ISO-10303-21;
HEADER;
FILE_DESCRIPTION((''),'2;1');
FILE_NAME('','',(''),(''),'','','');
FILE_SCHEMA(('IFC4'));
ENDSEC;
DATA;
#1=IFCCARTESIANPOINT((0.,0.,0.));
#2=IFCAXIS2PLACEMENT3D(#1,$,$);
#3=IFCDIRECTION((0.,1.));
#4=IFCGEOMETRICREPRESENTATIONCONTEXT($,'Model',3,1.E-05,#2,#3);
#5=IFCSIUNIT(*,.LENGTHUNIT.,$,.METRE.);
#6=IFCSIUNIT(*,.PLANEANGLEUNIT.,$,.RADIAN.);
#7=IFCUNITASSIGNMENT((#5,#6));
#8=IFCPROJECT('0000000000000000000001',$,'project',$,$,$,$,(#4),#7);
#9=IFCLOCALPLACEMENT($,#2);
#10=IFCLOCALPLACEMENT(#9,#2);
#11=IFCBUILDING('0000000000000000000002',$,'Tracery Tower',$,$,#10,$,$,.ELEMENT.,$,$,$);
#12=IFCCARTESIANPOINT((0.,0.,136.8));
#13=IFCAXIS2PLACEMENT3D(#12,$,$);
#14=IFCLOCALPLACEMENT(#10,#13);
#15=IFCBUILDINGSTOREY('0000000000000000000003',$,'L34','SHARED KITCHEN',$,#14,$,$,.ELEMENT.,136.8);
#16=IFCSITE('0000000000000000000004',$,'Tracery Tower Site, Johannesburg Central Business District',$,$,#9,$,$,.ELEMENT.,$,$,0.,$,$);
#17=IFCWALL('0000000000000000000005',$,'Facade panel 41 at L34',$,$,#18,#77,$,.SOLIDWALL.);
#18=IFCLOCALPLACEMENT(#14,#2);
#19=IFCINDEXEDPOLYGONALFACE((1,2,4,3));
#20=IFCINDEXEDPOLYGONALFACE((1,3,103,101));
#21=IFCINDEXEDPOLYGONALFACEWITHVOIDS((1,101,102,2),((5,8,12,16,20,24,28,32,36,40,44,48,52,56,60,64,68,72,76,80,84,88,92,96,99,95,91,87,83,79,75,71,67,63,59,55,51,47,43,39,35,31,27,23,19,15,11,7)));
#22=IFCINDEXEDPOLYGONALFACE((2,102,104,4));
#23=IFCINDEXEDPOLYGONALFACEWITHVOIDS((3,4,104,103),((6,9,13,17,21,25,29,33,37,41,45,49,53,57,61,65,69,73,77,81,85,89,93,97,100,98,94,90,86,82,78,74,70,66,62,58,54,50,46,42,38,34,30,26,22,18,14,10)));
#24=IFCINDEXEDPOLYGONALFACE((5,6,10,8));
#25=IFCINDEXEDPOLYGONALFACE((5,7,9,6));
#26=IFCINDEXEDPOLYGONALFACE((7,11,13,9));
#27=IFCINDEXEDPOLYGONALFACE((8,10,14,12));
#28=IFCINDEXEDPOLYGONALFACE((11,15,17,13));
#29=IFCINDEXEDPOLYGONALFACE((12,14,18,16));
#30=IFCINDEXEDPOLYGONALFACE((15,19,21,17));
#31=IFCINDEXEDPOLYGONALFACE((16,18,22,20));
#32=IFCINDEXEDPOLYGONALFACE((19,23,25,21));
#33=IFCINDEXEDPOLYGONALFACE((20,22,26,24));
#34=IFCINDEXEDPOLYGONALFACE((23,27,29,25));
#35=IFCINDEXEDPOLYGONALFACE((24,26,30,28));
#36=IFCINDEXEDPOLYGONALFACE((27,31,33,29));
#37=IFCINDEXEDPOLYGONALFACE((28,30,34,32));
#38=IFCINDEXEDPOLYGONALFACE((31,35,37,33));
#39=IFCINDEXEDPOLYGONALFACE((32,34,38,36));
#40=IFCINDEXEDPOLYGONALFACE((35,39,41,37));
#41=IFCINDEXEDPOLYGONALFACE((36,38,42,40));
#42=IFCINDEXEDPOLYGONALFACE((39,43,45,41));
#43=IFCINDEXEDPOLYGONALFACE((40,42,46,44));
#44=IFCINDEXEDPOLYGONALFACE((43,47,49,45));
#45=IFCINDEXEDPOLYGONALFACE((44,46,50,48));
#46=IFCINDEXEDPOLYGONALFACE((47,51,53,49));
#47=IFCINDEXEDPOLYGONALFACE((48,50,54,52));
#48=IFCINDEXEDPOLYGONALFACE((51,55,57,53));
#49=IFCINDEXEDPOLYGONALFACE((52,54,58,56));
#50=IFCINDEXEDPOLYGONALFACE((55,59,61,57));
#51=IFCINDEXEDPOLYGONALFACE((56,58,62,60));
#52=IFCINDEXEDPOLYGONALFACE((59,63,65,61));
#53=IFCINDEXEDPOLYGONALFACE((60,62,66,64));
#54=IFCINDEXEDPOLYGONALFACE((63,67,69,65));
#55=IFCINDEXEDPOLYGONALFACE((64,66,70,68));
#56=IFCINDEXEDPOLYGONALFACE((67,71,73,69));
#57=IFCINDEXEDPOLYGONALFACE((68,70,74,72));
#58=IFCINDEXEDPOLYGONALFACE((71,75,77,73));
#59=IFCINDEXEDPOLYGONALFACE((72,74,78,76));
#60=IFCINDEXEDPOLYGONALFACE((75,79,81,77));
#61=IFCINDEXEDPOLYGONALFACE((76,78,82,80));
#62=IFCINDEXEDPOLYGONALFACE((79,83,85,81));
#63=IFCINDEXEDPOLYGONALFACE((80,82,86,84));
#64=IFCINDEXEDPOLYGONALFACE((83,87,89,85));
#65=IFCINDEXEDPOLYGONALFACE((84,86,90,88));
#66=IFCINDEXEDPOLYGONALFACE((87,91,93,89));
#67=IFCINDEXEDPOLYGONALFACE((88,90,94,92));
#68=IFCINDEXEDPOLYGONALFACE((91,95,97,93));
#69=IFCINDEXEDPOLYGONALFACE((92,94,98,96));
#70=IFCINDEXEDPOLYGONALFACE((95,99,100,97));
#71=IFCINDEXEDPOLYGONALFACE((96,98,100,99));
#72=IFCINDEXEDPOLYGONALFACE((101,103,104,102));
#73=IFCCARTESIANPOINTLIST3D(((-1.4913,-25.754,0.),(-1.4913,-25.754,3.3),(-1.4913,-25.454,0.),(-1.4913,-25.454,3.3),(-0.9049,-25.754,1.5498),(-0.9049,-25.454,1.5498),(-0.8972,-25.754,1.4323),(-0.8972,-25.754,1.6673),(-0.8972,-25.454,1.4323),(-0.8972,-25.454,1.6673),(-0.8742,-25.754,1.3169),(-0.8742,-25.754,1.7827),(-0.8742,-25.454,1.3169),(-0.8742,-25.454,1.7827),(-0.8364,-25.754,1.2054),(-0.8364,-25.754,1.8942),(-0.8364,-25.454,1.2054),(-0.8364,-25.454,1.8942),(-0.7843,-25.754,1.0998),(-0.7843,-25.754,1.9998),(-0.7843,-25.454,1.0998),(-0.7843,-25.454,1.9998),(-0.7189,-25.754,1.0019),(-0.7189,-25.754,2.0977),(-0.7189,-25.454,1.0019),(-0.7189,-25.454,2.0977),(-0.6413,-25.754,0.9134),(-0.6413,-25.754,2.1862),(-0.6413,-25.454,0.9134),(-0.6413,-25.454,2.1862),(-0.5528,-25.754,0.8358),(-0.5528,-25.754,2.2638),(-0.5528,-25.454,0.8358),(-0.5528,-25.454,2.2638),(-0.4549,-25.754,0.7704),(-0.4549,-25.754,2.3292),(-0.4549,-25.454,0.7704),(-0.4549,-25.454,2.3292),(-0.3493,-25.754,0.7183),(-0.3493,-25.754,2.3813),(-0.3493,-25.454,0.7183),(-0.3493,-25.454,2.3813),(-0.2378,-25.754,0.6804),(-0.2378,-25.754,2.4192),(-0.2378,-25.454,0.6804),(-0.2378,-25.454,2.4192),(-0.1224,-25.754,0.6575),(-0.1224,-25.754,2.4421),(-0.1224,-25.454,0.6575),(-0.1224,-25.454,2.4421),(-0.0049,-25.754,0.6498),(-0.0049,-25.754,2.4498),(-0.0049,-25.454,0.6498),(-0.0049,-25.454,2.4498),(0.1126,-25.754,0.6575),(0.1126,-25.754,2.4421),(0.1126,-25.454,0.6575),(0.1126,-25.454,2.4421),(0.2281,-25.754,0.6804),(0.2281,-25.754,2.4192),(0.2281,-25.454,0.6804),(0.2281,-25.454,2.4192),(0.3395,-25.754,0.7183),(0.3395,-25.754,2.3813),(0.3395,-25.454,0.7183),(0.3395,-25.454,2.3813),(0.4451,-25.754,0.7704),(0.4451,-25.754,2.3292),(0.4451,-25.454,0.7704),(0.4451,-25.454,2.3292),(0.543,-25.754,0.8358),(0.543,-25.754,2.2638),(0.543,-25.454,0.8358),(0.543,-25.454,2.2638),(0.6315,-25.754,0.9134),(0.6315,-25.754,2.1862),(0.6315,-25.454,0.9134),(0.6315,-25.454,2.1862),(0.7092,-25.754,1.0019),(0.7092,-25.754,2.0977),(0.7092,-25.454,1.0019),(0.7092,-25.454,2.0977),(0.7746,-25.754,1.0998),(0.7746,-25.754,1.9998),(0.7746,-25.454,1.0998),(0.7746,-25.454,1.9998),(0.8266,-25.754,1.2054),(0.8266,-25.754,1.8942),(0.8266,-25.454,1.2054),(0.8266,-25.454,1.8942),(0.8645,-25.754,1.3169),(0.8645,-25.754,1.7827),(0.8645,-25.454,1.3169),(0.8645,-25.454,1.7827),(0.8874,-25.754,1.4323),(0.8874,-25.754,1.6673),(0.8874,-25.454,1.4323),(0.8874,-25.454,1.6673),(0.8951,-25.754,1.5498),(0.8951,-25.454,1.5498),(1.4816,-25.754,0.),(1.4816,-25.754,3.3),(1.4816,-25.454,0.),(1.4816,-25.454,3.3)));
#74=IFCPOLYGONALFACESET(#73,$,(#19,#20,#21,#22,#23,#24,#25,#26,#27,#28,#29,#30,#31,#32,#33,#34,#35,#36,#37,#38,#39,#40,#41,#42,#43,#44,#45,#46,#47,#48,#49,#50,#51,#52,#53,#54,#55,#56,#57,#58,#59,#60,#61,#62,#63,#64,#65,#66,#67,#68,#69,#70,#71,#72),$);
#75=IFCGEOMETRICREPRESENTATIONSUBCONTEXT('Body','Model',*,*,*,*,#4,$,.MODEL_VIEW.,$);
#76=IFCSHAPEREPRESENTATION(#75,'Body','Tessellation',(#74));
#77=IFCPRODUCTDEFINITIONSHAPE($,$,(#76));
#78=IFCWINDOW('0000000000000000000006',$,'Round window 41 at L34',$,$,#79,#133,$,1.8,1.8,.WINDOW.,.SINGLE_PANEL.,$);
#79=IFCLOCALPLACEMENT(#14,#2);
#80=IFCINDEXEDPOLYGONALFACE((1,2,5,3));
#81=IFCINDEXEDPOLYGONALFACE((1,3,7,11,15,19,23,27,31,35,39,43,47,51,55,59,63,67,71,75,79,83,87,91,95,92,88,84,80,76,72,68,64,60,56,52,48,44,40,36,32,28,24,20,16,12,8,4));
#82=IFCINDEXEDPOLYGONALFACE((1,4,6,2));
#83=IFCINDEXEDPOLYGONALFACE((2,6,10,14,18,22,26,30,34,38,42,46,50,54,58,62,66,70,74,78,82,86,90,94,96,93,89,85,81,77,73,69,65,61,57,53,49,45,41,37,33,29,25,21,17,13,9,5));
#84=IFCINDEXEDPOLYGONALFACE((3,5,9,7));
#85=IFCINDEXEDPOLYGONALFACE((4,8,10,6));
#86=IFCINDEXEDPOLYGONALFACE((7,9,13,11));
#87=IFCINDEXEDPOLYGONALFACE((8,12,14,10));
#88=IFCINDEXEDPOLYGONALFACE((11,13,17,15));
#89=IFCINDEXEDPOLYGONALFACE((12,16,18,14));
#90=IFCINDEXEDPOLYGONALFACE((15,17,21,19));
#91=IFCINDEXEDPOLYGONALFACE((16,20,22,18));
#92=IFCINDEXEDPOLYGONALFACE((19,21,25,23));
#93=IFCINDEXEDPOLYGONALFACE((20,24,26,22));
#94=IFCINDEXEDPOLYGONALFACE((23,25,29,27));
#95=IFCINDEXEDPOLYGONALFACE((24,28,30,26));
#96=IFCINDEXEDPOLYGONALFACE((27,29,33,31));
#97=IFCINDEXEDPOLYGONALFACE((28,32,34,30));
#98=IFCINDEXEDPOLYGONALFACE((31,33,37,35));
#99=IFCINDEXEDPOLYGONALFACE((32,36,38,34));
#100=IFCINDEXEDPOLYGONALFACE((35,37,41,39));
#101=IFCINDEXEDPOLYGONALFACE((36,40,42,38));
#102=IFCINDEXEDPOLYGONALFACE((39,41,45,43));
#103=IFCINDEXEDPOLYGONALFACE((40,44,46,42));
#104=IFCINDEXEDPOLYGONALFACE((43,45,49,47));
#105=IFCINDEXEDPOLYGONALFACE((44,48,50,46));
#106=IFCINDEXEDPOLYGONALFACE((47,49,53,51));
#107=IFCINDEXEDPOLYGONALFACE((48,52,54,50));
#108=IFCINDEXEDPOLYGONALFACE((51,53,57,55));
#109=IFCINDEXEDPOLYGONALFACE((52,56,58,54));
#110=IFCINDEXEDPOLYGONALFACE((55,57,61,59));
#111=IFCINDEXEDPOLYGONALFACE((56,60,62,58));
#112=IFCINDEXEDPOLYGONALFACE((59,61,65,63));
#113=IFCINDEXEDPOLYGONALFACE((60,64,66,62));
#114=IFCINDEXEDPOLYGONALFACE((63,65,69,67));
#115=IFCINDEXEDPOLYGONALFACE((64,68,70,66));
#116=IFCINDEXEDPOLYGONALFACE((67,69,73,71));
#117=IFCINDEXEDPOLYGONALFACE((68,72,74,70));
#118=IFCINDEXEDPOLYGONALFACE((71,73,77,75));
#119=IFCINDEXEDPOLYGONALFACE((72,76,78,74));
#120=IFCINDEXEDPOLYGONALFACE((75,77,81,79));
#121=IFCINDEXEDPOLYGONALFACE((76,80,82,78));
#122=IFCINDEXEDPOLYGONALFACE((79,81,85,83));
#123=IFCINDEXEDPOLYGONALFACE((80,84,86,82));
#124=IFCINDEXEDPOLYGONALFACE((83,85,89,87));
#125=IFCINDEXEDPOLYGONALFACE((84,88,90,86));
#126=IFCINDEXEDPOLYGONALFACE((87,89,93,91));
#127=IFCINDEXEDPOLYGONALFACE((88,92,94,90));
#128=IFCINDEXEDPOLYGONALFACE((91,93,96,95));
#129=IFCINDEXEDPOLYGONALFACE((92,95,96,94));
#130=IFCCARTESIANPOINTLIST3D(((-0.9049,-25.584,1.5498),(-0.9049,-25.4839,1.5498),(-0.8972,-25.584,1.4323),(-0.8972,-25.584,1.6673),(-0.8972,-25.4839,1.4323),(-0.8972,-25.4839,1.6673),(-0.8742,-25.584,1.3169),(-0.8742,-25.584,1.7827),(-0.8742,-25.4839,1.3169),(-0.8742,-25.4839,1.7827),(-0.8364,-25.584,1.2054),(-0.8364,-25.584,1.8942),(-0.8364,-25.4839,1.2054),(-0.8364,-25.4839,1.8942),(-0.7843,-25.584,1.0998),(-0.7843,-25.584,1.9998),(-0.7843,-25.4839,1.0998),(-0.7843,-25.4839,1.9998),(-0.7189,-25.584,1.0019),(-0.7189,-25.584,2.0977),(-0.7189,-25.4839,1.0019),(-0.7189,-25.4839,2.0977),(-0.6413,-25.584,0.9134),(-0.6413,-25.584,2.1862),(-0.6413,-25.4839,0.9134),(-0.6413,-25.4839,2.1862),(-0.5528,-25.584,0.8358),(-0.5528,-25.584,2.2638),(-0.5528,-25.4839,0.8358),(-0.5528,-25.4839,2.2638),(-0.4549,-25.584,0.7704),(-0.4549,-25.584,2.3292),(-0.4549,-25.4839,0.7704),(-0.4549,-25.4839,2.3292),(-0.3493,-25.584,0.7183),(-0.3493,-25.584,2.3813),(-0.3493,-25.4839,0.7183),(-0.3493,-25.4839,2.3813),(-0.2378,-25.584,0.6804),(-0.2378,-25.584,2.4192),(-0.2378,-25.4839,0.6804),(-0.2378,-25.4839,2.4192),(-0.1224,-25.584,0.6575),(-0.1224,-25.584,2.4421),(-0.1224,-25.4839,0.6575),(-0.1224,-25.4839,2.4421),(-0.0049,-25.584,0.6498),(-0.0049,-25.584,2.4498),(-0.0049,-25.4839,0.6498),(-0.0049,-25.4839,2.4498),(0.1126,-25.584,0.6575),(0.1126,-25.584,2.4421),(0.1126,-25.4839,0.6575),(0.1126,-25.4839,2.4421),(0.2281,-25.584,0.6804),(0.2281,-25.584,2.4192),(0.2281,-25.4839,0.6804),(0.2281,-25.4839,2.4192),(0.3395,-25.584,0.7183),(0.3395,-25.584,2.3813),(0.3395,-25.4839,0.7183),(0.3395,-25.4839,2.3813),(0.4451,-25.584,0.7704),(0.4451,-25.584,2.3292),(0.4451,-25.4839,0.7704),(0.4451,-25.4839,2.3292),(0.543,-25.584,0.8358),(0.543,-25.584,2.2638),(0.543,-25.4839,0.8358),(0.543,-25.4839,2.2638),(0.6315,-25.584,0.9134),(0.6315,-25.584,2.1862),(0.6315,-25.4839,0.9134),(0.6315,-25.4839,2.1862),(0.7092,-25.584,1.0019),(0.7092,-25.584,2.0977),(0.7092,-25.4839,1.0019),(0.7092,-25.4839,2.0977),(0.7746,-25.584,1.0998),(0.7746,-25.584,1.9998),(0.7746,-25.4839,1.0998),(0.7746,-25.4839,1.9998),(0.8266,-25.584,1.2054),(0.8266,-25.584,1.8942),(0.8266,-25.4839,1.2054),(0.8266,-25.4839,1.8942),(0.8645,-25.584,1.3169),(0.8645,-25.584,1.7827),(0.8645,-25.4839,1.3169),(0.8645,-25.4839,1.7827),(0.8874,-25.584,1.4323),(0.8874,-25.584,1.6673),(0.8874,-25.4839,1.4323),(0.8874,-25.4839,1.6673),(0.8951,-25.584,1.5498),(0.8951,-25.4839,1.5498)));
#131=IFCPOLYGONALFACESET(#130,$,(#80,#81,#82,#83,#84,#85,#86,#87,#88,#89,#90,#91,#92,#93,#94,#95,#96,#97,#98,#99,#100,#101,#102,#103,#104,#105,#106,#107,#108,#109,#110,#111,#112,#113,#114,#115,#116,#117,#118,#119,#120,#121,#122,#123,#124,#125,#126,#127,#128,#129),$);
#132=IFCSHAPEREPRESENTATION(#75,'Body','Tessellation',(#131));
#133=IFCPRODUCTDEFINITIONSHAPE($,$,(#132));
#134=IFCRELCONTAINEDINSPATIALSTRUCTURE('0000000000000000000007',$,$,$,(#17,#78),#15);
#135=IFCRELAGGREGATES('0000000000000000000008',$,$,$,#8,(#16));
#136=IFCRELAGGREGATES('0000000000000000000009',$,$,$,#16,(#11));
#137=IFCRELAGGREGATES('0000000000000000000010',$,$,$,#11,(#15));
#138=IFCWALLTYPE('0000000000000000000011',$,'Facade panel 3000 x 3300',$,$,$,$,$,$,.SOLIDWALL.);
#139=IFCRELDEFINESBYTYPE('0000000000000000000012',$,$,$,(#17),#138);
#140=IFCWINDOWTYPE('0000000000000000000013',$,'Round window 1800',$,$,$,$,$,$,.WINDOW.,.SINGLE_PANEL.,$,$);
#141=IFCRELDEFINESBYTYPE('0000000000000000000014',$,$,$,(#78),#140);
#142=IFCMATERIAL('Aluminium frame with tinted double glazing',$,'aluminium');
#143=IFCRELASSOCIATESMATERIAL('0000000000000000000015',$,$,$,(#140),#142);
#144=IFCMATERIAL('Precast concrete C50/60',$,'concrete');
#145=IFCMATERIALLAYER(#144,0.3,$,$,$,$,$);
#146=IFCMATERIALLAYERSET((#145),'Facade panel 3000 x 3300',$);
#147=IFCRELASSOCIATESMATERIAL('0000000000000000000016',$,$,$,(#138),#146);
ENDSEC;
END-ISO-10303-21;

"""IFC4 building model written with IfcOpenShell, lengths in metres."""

from ifc_helpers import new_model, si_unit, direction, frame, frame_2d, origin, origin_2d, place, context, subcontext, project, spatial, rectangle, circle, extrude, material, layer, layer_set, type_object, element, fill, save


model = new_model("IFC4")

# Units and contexts
model_context = context("Model", 3, precision=1e-05, world=origin(), true_north=direction((0.0, 1.0)))
body_context = subcontext(model_context, "Body", "Model", "MODEL_VIEW")
ifc_project = project(units=[si_unit("LENGTHUNIT", "METRE"), si_unit("PLANEANGLEUNIT", "RADIAN")], contexts=[model_context])

# Site, building, storey
site_placement = place(None, origin())
site = spatial("IfcSite", under=ifc_project, at=site_placement, Name="Tracery Tower Site, Johannesburg Central Business District", CompositionType="ELEMENT", RefElevation=0.0)
building_placement = place(site_placement, origin())
building = spatial("IfcBuilding", under=site, at=building_placement, Name="Tracery Tower", CompositionType="ELEMENT")
storey_placement = place(building_placement, frame((0.0, 0.0, 136.8)))
storey = spatial("IfcBuildingStorey", under=building, at=storey_placement, Name="L34", Description="SHARED KITCHEN", CompositionType="ELEMENT", Elevation=136.8)

# Wall, opening, window
ifc_material_1 = material(Name="Aluminium frame with tinted double glazing", Category="aluminium")
window_type = type_object("IfcWindowType", Name="Round window 1800", PartitioningType="SINGLE_PANEL", PredefinedType="WINDOW", material=ifc_material_1)
ifc_material_2 = material(Name="Precast concrete C50/60", Category="concrete")
ifc_layer_1 = layer(ifc_material_2, 0.3)
ifc_layer_set_1 = layer_set([ifc_layer_1], Name="Facade panel 3000 x 3300")
wall_type_1 = type_object("IfcWallType", Name="Facade panel 3000 x 3300", PredefinedType="SOLIDWALL", material=ifc_layer_set_1)
wall_1_placement = place(storey_placement, frame((-1.4912, -25.604, 0.0), z_axis=(0.0, 0.0, 1.0), x_axis=(1.0, 0.0, 0.0)))
wall_1 = element("IfcWall", 1, at=wall_1_placement, inside=storey, type_object=wall_type_1, Name="Facade panel 41 at L34", PredefinedType="SOLIDWALL", context=body_context, shape_type="SweptSolid", body=[
    extrude(rectangle(XDim=2.9729, YDim=0.3, at=frame_2d((1.4863, 0.0))), origin(), (0.0, 0.0, 1.0), 3.3),
])
opening_1_placement = place(wall_1_placement, frame((1.4863, 0.0, 1.5498)))
opening_1 = element("IfcOpeningElement", 2, at=opening_1_placement, cuts=wall_1, PredefinedType="OPENING", context=body_context, shape_type="SweptSolid", body=[
    extrude(circle(Radius=0.9, at=origin_2d()), frame((0.0, 0.1599, 0.0), z_axis=(0.0, -1.0, 0.0), x_axis=(1.0, 0.0, 0.0)), (0.0, 0.0, 1.0), 0.3201),
])
window_1_placement = place(opening_1_placement, origin())
window_1 = element("IfcWindow", 3, at=window_1_placement, inside=storey, type_object=window_type, Name="Round window 41 at L34", OverallHeight=1.8, OverallWidth=1.8, PartitioningType="SINGLE_PANEL", PredefinedType="WINDOW", context=body_context, shape_type="SweptSolid", body=[
    extrude(circle(Radius=0.9, at=origin_2d()), frame((0.0, 0.1201, 0.0), z_axis=(0.0, -1.0, 0.0), x_axis=(1.0, 0.0, 0.0)), (0.0, 0.0, 1.0), 0.1001),
])
fill(opening_1, window_1)

save(model, "model.ifc")
